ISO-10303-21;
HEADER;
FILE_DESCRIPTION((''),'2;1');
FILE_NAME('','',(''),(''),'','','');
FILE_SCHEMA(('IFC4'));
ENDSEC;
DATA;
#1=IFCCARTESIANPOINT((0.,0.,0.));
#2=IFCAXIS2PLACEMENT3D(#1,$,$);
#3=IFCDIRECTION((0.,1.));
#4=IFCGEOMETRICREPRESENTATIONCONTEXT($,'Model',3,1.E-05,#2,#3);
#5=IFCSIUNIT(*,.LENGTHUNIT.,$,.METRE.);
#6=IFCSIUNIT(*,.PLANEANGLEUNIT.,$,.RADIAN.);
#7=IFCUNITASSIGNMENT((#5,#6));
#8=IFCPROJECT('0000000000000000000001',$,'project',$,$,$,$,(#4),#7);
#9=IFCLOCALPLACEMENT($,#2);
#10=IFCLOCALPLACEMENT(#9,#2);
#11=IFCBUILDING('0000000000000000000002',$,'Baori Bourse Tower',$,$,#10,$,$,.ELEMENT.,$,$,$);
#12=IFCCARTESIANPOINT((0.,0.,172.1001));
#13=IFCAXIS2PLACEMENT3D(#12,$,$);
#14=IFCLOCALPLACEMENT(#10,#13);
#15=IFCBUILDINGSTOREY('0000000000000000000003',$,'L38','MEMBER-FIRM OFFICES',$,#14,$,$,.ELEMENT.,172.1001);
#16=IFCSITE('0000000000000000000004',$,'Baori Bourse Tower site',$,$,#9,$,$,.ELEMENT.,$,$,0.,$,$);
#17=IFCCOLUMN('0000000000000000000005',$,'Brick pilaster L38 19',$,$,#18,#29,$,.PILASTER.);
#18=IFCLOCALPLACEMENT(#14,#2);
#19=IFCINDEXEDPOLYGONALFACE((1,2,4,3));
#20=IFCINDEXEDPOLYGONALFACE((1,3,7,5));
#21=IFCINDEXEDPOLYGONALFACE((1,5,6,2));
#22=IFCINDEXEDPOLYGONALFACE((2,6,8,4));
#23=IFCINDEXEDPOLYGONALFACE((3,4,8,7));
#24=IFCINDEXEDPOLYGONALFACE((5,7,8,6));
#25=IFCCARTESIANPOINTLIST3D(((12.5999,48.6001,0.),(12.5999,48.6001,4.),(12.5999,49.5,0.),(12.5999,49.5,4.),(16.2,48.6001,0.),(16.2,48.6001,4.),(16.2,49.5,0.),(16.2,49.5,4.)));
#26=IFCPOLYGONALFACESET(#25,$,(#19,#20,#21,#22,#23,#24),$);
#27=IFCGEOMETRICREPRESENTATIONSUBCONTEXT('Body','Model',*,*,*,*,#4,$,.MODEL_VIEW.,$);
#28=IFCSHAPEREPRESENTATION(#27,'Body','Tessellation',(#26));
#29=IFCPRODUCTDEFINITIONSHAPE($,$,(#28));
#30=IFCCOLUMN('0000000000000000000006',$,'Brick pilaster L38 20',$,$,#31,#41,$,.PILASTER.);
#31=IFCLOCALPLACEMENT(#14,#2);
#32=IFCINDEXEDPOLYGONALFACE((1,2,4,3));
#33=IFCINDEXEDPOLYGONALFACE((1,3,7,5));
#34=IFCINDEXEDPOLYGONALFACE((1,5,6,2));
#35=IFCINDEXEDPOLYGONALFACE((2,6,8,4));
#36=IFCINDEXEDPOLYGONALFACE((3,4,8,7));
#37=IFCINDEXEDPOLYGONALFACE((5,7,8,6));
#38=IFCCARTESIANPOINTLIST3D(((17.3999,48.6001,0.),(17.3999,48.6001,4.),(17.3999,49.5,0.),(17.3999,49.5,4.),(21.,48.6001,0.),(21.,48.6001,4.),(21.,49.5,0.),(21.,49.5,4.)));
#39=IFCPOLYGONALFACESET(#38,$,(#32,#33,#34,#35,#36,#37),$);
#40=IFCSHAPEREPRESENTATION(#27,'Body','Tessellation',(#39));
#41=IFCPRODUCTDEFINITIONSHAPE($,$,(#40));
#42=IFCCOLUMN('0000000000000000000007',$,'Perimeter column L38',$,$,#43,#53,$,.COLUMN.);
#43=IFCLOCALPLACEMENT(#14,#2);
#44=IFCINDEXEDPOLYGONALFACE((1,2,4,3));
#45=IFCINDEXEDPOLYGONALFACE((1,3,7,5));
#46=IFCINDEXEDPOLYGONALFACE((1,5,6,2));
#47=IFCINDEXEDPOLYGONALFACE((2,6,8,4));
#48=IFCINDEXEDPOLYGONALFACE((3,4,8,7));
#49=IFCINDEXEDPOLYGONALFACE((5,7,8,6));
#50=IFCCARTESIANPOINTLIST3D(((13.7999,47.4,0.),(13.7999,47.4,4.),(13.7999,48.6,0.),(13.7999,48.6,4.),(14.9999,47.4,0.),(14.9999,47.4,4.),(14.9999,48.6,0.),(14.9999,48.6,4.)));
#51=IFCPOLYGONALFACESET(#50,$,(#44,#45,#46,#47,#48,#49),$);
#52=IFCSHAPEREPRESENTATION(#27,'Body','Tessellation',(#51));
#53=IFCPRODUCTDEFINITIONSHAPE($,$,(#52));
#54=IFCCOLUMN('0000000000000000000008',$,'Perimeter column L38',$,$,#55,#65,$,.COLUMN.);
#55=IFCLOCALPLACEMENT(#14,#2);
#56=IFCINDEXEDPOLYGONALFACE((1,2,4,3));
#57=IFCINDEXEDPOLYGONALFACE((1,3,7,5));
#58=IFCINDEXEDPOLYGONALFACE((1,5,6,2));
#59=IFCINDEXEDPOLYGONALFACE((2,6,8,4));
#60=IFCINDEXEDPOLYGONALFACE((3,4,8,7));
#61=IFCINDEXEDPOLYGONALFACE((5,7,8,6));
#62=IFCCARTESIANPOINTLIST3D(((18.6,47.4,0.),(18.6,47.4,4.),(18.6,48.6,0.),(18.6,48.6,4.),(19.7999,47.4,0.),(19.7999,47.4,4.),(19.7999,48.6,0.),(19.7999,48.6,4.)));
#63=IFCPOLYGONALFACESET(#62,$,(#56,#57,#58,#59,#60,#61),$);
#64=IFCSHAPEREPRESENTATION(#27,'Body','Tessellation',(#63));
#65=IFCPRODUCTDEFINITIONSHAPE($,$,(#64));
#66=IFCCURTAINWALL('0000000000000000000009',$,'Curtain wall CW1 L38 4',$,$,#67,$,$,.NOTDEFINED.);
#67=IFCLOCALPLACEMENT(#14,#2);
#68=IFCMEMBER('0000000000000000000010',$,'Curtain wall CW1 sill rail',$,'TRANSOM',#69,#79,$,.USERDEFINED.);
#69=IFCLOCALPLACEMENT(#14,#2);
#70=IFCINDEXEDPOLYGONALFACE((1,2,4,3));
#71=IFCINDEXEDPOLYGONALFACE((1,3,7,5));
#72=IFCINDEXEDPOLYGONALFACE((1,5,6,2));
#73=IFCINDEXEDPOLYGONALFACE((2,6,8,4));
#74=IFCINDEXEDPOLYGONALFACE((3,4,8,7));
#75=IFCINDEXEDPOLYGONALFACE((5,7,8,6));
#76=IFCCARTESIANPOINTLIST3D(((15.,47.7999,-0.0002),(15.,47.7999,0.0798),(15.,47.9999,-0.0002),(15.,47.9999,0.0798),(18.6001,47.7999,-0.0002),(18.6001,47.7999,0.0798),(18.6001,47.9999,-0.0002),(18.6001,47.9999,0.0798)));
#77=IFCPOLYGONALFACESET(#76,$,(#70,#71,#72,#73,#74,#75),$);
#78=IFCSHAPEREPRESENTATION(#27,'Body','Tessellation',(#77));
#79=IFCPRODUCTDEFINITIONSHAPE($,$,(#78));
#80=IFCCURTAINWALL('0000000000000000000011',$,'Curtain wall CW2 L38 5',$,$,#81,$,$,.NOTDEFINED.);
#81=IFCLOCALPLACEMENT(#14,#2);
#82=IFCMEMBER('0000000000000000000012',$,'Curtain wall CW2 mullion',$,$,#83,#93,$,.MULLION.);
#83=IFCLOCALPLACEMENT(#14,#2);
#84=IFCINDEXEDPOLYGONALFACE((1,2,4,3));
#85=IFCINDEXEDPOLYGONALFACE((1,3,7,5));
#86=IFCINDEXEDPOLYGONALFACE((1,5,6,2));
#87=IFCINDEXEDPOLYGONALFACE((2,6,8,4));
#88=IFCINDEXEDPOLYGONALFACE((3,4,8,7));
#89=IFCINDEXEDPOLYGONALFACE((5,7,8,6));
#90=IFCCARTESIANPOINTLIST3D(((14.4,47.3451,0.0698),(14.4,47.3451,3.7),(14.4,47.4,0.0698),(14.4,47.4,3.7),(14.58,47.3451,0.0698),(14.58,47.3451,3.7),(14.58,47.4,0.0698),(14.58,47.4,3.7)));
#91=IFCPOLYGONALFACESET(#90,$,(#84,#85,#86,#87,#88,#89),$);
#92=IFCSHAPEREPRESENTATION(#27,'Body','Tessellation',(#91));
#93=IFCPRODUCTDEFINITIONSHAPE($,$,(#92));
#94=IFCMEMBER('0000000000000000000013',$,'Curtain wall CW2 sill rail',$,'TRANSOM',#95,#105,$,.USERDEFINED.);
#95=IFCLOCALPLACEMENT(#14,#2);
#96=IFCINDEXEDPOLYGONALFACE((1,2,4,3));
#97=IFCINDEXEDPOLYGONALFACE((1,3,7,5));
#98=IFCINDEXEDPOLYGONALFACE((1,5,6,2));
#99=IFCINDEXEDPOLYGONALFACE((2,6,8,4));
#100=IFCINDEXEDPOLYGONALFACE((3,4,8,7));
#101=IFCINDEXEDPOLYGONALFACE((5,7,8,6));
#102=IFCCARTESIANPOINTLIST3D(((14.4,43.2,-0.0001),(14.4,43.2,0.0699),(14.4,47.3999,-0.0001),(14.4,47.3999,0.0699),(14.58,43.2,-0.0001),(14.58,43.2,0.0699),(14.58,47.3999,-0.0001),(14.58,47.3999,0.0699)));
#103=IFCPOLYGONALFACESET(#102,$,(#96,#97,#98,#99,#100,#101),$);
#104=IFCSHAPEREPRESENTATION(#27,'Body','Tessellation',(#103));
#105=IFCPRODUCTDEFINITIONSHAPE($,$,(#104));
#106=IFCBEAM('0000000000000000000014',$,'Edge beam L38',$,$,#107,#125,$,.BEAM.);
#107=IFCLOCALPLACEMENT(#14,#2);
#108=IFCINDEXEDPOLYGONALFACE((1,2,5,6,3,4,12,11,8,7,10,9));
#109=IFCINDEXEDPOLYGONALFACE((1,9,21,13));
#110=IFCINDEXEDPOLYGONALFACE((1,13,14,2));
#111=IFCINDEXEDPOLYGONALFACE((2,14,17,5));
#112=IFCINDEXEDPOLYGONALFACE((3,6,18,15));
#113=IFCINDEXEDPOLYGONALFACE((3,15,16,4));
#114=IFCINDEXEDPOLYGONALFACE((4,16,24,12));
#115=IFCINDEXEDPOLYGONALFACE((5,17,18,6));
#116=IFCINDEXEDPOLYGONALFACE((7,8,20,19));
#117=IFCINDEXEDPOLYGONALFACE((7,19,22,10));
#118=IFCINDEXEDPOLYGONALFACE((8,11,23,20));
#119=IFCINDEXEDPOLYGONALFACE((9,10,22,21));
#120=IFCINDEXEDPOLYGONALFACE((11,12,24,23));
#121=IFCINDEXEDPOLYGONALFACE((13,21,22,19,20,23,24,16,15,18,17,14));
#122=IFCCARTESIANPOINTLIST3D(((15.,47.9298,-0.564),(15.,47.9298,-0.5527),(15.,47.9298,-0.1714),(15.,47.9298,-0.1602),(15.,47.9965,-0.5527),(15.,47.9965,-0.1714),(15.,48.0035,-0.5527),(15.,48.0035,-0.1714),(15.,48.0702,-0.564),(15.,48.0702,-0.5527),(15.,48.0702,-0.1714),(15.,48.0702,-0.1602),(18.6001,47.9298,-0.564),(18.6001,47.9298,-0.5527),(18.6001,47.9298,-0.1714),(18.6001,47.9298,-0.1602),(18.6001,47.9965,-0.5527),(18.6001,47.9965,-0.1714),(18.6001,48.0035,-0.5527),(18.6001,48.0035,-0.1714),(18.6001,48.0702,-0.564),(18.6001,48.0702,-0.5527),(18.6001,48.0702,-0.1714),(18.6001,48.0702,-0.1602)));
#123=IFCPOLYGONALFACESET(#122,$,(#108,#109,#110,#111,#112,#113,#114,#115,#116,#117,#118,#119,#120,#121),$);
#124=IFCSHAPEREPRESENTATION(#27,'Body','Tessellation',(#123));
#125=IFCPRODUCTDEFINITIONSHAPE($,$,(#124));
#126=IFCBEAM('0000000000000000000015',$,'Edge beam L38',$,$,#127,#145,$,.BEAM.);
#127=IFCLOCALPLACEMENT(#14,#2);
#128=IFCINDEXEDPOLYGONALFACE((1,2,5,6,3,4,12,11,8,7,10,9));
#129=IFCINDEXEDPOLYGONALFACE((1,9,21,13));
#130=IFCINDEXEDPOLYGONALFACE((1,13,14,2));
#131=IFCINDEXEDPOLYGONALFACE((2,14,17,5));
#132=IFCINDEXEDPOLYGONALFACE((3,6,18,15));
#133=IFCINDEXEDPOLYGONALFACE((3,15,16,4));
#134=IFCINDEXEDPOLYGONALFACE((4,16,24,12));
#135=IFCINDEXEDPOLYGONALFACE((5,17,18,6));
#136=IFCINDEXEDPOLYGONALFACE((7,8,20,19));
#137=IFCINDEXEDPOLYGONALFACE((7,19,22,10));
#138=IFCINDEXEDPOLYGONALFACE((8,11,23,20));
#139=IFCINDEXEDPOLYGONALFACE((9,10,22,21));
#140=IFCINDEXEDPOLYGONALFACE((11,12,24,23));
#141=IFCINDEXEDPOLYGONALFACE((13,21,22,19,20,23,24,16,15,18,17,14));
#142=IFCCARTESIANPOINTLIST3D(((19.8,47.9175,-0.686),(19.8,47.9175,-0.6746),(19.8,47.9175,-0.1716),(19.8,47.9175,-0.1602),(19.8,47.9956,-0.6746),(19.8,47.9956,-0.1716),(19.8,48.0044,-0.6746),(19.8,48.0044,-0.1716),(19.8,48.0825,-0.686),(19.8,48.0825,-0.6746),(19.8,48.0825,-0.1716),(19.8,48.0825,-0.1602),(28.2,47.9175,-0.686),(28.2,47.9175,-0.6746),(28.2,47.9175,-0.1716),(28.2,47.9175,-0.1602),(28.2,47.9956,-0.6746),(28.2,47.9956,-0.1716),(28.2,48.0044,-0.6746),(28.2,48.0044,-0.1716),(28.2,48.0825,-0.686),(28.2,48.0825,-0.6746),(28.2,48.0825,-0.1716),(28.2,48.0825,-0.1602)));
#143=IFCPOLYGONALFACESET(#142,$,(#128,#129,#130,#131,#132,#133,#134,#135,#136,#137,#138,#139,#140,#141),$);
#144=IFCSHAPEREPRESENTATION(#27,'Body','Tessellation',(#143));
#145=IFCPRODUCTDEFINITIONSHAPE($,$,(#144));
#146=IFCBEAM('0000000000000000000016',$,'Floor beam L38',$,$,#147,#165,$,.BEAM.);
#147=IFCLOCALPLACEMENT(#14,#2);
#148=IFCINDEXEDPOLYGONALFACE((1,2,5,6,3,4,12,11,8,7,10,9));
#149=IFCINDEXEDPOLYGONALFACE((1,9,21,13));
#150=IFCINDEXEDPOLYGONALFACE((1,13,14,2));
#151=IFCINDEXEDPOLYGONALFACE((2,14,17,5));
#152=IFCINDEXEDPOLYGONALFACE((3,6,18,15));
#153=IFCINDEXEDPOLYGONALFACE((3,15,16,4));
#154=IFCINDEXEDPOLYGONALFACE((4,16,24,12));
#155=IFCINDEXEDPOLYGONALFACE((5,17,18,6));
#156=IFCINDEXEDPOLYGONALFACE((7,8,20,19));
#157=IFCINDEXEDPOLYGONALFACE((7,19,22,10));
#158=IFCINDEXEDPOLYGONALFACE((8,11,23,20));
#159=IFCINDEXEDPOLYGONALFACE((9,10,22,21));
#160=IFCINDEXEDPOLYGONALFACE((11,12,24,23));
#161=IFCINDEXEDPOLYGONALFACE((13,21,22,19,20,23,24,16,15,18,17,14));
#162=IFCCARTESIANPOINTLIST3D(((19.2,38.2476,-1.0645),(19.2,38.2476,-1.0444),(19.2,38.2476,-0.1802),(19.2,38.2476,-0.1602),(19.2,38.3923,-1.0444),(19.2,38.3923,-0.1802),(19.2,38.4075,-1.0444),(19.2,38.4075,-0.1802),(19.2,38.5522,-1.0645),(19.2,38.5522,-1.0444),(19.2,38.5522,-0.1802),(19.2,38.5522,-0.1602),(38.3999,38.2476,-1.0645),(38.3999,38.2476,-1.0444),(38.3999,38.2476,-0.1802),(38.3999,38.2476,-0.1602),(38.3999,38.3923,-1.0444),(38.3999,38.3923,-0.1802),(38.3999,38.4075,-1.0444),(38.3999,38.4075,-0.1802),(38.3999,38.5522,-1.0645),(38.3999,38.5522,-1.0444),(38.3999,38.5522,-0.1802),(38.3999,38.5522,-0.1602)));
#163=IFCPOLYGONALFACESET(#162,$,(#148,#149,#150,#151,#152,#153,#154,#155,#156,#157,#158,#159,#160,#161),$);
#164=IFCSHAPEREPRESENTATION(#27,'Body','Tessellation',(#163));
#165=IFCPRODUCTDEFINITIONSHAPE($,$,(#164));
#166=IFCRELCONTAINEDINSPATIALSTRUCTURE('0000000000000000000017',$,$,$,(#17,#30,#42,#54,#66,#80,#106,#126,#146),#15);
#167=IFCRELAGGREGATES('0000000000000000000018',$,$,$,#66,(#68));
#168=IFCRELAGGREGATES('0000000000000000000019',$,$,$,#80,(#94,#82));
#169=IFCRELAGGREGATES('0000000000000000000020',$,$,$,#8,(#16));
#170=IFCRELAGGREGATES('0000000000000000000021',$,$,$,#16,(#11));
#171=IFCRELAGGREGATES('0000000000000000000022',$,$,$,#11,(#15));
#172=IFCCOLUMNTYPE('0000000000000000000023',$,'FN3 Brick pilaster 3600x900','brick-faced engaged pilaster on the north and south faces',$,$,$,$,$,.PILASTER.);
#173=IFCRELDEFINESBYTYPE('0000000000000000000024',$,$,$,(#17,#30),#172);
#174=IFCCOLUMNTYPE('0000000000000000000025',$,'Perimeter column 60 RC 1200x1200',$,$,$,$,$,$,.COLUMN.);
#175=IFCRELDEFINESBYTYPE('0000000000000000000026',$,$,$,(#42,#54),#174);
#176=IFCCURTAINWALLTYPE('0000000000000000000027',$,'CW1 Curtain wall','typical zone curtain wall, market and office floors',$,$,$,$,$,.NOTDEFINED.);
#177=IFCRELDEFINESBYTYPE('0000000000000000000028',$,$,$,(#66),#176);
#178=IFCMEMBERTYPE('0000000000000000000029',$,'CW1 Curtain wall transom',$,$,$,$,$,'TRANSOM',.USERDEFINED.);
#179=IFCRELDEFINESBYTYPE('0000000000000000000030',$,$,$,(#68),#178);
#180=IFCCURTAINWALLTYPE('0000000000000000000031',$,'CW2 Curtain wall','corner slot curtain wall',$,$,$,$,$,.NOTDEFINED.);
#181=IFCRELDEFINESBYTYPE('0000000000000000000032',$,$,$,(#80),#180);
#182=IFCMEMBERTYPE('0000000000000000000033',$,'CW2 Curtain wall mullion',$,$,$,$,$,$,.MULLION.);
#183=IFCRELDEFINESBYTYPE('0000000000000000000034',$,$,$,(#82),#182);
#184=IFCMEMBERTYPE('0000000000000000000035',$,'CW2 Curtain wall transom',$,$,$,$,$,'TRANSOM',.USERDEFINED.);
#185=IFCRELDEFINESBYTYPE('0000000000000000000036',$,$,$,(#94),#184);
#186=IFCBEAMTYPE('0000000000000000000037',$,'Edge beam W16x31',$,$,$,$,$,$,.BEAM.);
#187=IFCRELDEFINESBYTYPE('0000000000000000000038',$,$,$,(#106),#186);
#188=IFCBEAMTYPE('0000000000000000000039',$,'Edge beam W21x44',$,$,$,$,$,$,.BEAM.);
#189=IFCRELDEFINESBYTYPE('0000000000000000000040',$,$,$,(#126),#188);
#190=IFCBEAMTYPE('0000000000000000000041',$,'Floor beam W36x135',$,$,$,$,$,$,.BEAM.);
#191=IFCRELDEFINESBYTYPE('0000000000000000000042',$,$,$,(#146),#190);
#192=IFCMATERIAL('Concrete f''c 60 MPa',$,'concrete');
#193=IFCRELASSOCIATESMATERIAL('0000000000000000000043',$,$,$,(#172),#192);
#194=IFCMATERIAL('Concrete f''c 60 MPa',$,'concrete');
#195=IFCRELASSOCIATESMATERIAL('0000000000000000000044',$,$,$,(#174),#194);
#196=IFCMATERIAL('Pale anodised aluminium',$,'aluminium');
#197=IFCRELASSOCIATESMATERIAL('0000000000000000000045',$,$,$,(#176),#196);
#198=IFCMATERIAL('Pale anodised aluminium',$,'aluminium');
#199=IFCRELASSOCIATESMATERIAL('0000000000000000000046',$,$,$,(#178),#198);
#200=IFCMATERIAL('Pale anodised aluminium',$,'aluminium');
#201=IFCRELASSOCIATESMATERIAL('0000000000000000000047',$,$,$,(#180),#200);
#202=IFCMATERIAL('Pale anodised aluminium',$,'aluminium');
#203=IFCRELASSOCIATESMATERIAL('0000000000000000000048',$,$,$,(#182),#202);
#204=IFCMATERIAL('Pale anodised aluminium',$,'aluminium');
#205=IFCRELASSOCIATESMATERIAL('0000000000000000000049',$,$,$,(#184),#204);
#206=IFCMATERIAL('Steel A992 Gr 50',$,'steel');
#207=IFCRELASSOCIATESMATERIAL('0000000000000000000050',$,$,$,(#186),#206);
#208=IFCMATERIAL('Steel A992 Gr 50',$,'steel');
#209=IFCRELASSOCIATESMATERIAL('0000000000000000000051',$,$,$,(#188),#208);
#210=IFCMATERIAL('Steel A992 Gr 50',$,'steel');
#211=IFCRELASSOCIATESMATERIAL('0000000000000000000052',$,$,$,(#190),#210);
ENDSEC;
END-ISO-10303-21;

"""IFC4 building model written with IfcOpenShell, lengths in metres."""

from ifc_helpers import new_model, si_unit, direction, frame, origin, origin_2d, place, context, subcontext, project, spatial, rectangle, i_section, extrude, material, material_profile, profile_set, type_object, element, aggregate, save


model = new_model("IFC4")

# Units and contexts
model_context = context("Model", 3, precision=1e-05, world=origin(), true_north=direction((0.0, 1.0)))
body_context = subcontext(model_context, "Body", "Model", "MODEL_VIEW")
ifc_project = project(units=[si_unit("LENGTHUNIT", "METRE"), si_unit("PLANEANGLEUNIT", "RADIAN")], contexts=[model_context])

# Site, building, storey
site_placement = place(None, origin())
site = spatial("IfcSite", under=ifc_project, at=site_placement, Name="Baori Bourse Tower site", CompositionType="ELEMENT", RefElevation=0.0)
building_placement = place(site_placement, origin())
building = spatial("IfcBuilding", under=site, at=building_placement, Name="Baori Bourse Tower", CompositionType="ELEMENT")
storey_placement = place(building_placement, frame((0.0, 0.0, 172.1001)))
storey = spatial("IfcBuildingStorey", under=building, at=storey_placement, Name="L38", Description="MEMBER-FIRM OFFICES", CompositionType="ELEMENT", Elevation=172.1001)

# Columns
ifc_material_1 = material(Name="Concrete f'c 60 MPa", Category="concrete")
ifc_material_profile_1 = material_profile(ifc_material_1, rectangle(XDim=3.6001, YDim=0.8999, at=origin_2d()), Name="RC 3600x900")
ifc_profile_set_1 = profile_set([ifc_material_profile_1], Name="Concrete f'c 60 MPa")
column_type_1 = type_object("IfcColumnType", Name="FN3 Brick pilaster 3600x900", Description="brick-faced engaged pilaster on the north and south faces", PredefinedType="PILASTER", material=ifc_profile_set_1)
for number, where, z_axis, x_axis, name in (
    (1, (14.3999, 49.05, 0.0), (0.0, 0.0, 1.0), (1.0, 0.0, 0.0), "Brick pilaster L38 19"),
    (2, (19.2, 49.05, 0.0), (0.0, 0.0, 1.0), (1.0, 0.0, 0.0), "Brick pilaster L38 20"),
):
    element("IfcColumn", number, at=place(storey_placement, frame(where, z_axis=z_axis, x_axis=x_axis)), inside=storey, type_object=column_type_1, Name=name, PredefinedType="PILASTER", context=body_context, shape_type="SweptSolid", body=[
        extrude(rectangle(XDim=3.6001, YDim=0.8999, at=origin_2d()), origin(), (0.0, 0.0, 1.0), 4.0),
    ])
ifc_material_2 = material(Name="Concrete f'c 60 MPa", Category="concrete")
ifc_material_profile_2 = material_profile(ifc_material_2, rectangle(XDim=1.2, YDim=1.2, at=origin_2d()), Name="RC 1200x1200")
ifc_profile_set_2 = profile_set([ifc_material_profile_2], Name="Concrete f'c 60 MPa")
column_type_2 = type_object("IfcColumnType", Name="Perimeter column 60 RC 1200x1200", PredefinedType="COLUMN", material=ifc_profile_set_2)
for number, where, z_axis, x_axis, name in (
    (3, (14.3999, 48.0, 0.0), (0.0, 0.0, 1.0), (1.0, 0.0, 0.0), "Perimeter column L38"),
    (4, (19.2, 48.0, 0.0), (0.0, 0.0, 1.0), (1.0, 0.0, 0.0), "Perimeter column L38"),
):
    element("IfcColumn", number, at=place(storey_placement, frame(where, z_axis=z_axis, x_axis=x_axis)), inside=storey, type_object=column_type_2, Name=name, PredefinedType="COLUMN", context=body_context, shape_type="SweptSolid", body=[
        extrude(rectangle(XDim=1.2, YDim=1.2, at=origin_2d()), origin(), (0.0, 0.0, 1.0), 4.0),
    ])

# Curtain wall, member
ifc_material_3 = material(Name="Pale anodised aluminium", Category="aluminium")
curtain_wall_type_1 = type_object("IfcCurtainWallType", Name="CW1 Curtain wall", Description="typical zone curtain wall, market and office floors", PredefinedType="NOTDEFINED", material=ifc_material_3)
curtain_wall_1_placement = place(storey_placement, origin())
curtain_wall_1 = element("IfcCurtainWall", 5, at=curtain_wall_1_placement, inside=storey, type_object=curtain_wall_type_1, Name="Curtain wall CW1 L38 4", PredefinedType="NOTDEFINED")
ifc_material_4 = material(Name="Pale anodised aluminium", Category="aluminium")
ifc_material_profile_3 = material_profile(ifc_material_4, rectangle(XDim=0.2, YDim=0.0801, at=origin_2d()), Name="Transom 80x200")
ifc_profile_set_3 = profile_set([ifc_material_profile_3], Name="Pale anodised aluminium")
member_type_1 = type_object("IfcMemberType", Name="CW1 Curtain wall transom", ElementType="TRANSOM", PredefinedType="USERDEFINED", material=ifc_profile_set_3)
member_1_placement = place(storey_placement, frame((18.6001, 47.8999, 0.0398), z_axis=(-1.0, 0.0, 0.0), x_axis=(0.0, -1.0, 0.0)))
member_1 = element("IfcMember", 6, at=member_1_placement, type_object=member_type_1, Name="Curtain wall CW1 sill rail", ObjectType="TRANSOM", PredefinedType="USERDEFINED", context=body_context, shape_type="SweptSolid", body=[
    extrude(rectangle(XDim=0.2, YDim=0.0801, at=origin_2d()), origin(), (0.0, 0.0, 1.0), 3.6001),
])

# Curtain wall, members
ifc_material_5 = material(Name="Pale anodised aluminium", Category="aluminium")
curtain_wall_type_2 = type_object("IfcCurtainWallType", Name="CW2 Curtain wall", Description="corner slot curtain wall", PredefinedType="NOTDEFINED", material=ifc_material_5)
curtain_wall_2_placement = place(storey_placement, origin())
curtain_wall_2 = element("IfcCurtainWall", 7, at=curtain_wall_2_placement, inside=storey, type_object=curtain_wall_type_2, Name="Curtain wall CW2 L38 5", PredefinedType="NOTDEFINED")
ifc_material_6 = material(Name="Pale anodised aluminium", Category="aluminium")
ifc_material_profile_4 = material_profile(ifc_material_6, rectangle(XDim=0.1799, YDim=0.0549, at=origin_2d()), Name="Mullion 55x180")
ifc_profile_set_4 = profile_set([ifc_material_profile_4], Name="Pale anodised aluminium")
member_type_2 = type_object("IfcMemberType", Name="CW2 Curtain wall mullion", PredefinedType="MULLION", material=ifc_profile_set_4)
member_2_placement = place(storey_placement, frame((14.49, 47.3726, 0.0698), z_axis=(0.0, 0.0, 1.0), x_axis=(1.0, 0.0, 0.0)))
member_2 = element("IfcMember", 8, at=member_2_placement, type_object=member_type_2, Name="Curtain wall CW2 mullion", PredefinedType="MULLION", context=body_context, shape_type="SweptSolid", body=[
    extrude(rectangle(XDim=0.1799, YDim=0.0549, at=origin_2d()), origin(), (0.0, 0.0, 1.0), 3.6301),
])
ifc_material_7 = material(Name="Pale anodised aluminium", Category="aluminium")
ifc_material_profile_5 = material_profile(ifc_material_7, rectangle(XDim=0.1799, YDim=0.0701, at=origin_2d()), Name="Transom 70x180")
ifc_profile_set_5 = profile_set([ifc_material_profile_5], Name="Pale anodised aluminium")
member_type_3 = type_object("IfcMemberType", Name="CW2 Curtain wall transom", ElementType="TRANSOM", PredefinedType="USERDEFINED", material=ifc_profile_set_5)
member_3_placement = place(storey_placement, frame((14.49, 47.3999, 0.0349), z_axis=(0.0, -1.0, 0.0), x_axis=(1.0, 0.0, 0.0)))
member_3 = element("IfcMember", 9, at=member_3_placement, type_object=member_type_3, Name="Curtain wall CW2 sill rail", ObjectType="TRANSOM", PredefinedType="USERDEFINED", context=body_context, shape_type="SweptSolid", body=[
    extrude(rectangle(XDim=0.1799, YDim=0.0701, at=origin_2d()), origin(), (0.0, 0.0, 1.0), 4.2),
])

# Beams
ifc_material_8 = material(Name="Steel A992 Gr 50", Category="steel")
ifc_material_profile_6 = material_profile(ifc_material_8, i_section(OverallWidth=0.1404, OverallDepth=0.4038, WebThickness=0.0071, FlangeThickness=0.0112, at=origin_2d()), Name="W16x31")
ifc_profile_set_6 = profile_set([ifc_material_profile_6], Name="Steel A992 Gr 50")
beam_type_1 = type_object("IfcBeamType", Name="Edge beam W16x31", PredefinedType="BEAM", material=ifc_profile_set_6)
beam_1_placement = place(storey_placement, frame((15.0, 48.0, -0.3621), z_axis=(1.0, 0.0, 0.0), x_axis=(0.0, 1.0, 0.0)))
element("IfcBeam", 10, at=beam_1_placement, inside=storey, type_object=beam_type_1, Name="Edge beam L38", PredefinedType="BEAM", context=body_context, shape_type="SweptSolid", body=[
    extrude(i_section(OverallWidth=0.1404, OverallDepth=0.4038, WebThickness=0.0071, FlangeThickness=0.0112, at=origin_2d()), origin(), (0.0, 0.0, 1.0), 3.6001),
])
ifc_material_9 = material(Name="Steel A992 Gr 50", Category="steel")
ifc_material_profile_7 = material_profile(ifc_material_9, i_section(OverallWidth=0.165, OverallDepth=0.5259, WebThickness=0.0088, FlangeThickness=0.0115, at=origin_2d()), Name="W21x44")
ifc_profile_set_7 = profile_set([ifc_material_profile_7], Name="Steel A992 Gr 50")
beam_type_2 = type_object("IfcBeamType", Name="Edge beam W21x44", PredefinedType="BEAM", material=ifc_profile_set_7)
beam_2_placement = place(storey_placement, frame((19.8, 48.0, -0.4231), z_axis=(1.0, 0.0, 0.0), x_axis=(0.0, 1.0, 0.0)))
element("IfcBeam", 11, at=beam_2_placement, inside=storey, type_object=beam_type_2, Name="Edge beam L38", PredefinedType="BEAM", context=body_context, shape_type="SweptSolid", body=[
    extrude(i_section(OverallWidth=0.165, OverallDepth=0.5259, WebThickness=0.0088, FlangeThickness=0.0115, at=origin_2d()), origin(), (0.0, 0.0, 1.0), 8.3999),
])
ifc_material_10 = material(Name="Steel A992 Gr 50", Category="steel")
ifc_material_profile_8 = material_profile(ifc_material_10, i_section(OverallWidth=0.3047, OverallDepth=0.9043, WebThickness=0.0151, FlangeThickness=0.02, at=origin_2d()), Name="W36x135")
ifc_profile_set_8 = profile_set([ifc_material_profile_8], Name="Steel A992 Gr 50")
beam_type_3 = type_object("IfcBeamType", Name="Floor beam W36x135", PredefinedType="BEAM", material=ifc_profile_set_8)
beam_3_placement = place(storey_placement, frame((19.2, 38.3999, -0.6123), z_axis=(1.0, 0.0, 0.0), x_axis=(0.0, 1.0, 0.0)))
element("IfcBeam", 12, at=beam_3_placement, inside=storey, type_object=beam_type_3, Name="Floor beam L38", PredefinedType="BEAM", context=body_context, shape_type="SweptSolid", body=[
    extrude(i_section(OverallWidth=0.3047, OverallDepth=0.9043, WebThickness=0.0151, FlangeThickness=0.02, at=origin_2d()), origin(), (0.0, 0.0, 1.0), 19.2),
])

aggregate(curtain_wall_1, [member_1])
aggregate(curtain_wall_2, [member_3, member_2])

save(model, "model.ifc")
